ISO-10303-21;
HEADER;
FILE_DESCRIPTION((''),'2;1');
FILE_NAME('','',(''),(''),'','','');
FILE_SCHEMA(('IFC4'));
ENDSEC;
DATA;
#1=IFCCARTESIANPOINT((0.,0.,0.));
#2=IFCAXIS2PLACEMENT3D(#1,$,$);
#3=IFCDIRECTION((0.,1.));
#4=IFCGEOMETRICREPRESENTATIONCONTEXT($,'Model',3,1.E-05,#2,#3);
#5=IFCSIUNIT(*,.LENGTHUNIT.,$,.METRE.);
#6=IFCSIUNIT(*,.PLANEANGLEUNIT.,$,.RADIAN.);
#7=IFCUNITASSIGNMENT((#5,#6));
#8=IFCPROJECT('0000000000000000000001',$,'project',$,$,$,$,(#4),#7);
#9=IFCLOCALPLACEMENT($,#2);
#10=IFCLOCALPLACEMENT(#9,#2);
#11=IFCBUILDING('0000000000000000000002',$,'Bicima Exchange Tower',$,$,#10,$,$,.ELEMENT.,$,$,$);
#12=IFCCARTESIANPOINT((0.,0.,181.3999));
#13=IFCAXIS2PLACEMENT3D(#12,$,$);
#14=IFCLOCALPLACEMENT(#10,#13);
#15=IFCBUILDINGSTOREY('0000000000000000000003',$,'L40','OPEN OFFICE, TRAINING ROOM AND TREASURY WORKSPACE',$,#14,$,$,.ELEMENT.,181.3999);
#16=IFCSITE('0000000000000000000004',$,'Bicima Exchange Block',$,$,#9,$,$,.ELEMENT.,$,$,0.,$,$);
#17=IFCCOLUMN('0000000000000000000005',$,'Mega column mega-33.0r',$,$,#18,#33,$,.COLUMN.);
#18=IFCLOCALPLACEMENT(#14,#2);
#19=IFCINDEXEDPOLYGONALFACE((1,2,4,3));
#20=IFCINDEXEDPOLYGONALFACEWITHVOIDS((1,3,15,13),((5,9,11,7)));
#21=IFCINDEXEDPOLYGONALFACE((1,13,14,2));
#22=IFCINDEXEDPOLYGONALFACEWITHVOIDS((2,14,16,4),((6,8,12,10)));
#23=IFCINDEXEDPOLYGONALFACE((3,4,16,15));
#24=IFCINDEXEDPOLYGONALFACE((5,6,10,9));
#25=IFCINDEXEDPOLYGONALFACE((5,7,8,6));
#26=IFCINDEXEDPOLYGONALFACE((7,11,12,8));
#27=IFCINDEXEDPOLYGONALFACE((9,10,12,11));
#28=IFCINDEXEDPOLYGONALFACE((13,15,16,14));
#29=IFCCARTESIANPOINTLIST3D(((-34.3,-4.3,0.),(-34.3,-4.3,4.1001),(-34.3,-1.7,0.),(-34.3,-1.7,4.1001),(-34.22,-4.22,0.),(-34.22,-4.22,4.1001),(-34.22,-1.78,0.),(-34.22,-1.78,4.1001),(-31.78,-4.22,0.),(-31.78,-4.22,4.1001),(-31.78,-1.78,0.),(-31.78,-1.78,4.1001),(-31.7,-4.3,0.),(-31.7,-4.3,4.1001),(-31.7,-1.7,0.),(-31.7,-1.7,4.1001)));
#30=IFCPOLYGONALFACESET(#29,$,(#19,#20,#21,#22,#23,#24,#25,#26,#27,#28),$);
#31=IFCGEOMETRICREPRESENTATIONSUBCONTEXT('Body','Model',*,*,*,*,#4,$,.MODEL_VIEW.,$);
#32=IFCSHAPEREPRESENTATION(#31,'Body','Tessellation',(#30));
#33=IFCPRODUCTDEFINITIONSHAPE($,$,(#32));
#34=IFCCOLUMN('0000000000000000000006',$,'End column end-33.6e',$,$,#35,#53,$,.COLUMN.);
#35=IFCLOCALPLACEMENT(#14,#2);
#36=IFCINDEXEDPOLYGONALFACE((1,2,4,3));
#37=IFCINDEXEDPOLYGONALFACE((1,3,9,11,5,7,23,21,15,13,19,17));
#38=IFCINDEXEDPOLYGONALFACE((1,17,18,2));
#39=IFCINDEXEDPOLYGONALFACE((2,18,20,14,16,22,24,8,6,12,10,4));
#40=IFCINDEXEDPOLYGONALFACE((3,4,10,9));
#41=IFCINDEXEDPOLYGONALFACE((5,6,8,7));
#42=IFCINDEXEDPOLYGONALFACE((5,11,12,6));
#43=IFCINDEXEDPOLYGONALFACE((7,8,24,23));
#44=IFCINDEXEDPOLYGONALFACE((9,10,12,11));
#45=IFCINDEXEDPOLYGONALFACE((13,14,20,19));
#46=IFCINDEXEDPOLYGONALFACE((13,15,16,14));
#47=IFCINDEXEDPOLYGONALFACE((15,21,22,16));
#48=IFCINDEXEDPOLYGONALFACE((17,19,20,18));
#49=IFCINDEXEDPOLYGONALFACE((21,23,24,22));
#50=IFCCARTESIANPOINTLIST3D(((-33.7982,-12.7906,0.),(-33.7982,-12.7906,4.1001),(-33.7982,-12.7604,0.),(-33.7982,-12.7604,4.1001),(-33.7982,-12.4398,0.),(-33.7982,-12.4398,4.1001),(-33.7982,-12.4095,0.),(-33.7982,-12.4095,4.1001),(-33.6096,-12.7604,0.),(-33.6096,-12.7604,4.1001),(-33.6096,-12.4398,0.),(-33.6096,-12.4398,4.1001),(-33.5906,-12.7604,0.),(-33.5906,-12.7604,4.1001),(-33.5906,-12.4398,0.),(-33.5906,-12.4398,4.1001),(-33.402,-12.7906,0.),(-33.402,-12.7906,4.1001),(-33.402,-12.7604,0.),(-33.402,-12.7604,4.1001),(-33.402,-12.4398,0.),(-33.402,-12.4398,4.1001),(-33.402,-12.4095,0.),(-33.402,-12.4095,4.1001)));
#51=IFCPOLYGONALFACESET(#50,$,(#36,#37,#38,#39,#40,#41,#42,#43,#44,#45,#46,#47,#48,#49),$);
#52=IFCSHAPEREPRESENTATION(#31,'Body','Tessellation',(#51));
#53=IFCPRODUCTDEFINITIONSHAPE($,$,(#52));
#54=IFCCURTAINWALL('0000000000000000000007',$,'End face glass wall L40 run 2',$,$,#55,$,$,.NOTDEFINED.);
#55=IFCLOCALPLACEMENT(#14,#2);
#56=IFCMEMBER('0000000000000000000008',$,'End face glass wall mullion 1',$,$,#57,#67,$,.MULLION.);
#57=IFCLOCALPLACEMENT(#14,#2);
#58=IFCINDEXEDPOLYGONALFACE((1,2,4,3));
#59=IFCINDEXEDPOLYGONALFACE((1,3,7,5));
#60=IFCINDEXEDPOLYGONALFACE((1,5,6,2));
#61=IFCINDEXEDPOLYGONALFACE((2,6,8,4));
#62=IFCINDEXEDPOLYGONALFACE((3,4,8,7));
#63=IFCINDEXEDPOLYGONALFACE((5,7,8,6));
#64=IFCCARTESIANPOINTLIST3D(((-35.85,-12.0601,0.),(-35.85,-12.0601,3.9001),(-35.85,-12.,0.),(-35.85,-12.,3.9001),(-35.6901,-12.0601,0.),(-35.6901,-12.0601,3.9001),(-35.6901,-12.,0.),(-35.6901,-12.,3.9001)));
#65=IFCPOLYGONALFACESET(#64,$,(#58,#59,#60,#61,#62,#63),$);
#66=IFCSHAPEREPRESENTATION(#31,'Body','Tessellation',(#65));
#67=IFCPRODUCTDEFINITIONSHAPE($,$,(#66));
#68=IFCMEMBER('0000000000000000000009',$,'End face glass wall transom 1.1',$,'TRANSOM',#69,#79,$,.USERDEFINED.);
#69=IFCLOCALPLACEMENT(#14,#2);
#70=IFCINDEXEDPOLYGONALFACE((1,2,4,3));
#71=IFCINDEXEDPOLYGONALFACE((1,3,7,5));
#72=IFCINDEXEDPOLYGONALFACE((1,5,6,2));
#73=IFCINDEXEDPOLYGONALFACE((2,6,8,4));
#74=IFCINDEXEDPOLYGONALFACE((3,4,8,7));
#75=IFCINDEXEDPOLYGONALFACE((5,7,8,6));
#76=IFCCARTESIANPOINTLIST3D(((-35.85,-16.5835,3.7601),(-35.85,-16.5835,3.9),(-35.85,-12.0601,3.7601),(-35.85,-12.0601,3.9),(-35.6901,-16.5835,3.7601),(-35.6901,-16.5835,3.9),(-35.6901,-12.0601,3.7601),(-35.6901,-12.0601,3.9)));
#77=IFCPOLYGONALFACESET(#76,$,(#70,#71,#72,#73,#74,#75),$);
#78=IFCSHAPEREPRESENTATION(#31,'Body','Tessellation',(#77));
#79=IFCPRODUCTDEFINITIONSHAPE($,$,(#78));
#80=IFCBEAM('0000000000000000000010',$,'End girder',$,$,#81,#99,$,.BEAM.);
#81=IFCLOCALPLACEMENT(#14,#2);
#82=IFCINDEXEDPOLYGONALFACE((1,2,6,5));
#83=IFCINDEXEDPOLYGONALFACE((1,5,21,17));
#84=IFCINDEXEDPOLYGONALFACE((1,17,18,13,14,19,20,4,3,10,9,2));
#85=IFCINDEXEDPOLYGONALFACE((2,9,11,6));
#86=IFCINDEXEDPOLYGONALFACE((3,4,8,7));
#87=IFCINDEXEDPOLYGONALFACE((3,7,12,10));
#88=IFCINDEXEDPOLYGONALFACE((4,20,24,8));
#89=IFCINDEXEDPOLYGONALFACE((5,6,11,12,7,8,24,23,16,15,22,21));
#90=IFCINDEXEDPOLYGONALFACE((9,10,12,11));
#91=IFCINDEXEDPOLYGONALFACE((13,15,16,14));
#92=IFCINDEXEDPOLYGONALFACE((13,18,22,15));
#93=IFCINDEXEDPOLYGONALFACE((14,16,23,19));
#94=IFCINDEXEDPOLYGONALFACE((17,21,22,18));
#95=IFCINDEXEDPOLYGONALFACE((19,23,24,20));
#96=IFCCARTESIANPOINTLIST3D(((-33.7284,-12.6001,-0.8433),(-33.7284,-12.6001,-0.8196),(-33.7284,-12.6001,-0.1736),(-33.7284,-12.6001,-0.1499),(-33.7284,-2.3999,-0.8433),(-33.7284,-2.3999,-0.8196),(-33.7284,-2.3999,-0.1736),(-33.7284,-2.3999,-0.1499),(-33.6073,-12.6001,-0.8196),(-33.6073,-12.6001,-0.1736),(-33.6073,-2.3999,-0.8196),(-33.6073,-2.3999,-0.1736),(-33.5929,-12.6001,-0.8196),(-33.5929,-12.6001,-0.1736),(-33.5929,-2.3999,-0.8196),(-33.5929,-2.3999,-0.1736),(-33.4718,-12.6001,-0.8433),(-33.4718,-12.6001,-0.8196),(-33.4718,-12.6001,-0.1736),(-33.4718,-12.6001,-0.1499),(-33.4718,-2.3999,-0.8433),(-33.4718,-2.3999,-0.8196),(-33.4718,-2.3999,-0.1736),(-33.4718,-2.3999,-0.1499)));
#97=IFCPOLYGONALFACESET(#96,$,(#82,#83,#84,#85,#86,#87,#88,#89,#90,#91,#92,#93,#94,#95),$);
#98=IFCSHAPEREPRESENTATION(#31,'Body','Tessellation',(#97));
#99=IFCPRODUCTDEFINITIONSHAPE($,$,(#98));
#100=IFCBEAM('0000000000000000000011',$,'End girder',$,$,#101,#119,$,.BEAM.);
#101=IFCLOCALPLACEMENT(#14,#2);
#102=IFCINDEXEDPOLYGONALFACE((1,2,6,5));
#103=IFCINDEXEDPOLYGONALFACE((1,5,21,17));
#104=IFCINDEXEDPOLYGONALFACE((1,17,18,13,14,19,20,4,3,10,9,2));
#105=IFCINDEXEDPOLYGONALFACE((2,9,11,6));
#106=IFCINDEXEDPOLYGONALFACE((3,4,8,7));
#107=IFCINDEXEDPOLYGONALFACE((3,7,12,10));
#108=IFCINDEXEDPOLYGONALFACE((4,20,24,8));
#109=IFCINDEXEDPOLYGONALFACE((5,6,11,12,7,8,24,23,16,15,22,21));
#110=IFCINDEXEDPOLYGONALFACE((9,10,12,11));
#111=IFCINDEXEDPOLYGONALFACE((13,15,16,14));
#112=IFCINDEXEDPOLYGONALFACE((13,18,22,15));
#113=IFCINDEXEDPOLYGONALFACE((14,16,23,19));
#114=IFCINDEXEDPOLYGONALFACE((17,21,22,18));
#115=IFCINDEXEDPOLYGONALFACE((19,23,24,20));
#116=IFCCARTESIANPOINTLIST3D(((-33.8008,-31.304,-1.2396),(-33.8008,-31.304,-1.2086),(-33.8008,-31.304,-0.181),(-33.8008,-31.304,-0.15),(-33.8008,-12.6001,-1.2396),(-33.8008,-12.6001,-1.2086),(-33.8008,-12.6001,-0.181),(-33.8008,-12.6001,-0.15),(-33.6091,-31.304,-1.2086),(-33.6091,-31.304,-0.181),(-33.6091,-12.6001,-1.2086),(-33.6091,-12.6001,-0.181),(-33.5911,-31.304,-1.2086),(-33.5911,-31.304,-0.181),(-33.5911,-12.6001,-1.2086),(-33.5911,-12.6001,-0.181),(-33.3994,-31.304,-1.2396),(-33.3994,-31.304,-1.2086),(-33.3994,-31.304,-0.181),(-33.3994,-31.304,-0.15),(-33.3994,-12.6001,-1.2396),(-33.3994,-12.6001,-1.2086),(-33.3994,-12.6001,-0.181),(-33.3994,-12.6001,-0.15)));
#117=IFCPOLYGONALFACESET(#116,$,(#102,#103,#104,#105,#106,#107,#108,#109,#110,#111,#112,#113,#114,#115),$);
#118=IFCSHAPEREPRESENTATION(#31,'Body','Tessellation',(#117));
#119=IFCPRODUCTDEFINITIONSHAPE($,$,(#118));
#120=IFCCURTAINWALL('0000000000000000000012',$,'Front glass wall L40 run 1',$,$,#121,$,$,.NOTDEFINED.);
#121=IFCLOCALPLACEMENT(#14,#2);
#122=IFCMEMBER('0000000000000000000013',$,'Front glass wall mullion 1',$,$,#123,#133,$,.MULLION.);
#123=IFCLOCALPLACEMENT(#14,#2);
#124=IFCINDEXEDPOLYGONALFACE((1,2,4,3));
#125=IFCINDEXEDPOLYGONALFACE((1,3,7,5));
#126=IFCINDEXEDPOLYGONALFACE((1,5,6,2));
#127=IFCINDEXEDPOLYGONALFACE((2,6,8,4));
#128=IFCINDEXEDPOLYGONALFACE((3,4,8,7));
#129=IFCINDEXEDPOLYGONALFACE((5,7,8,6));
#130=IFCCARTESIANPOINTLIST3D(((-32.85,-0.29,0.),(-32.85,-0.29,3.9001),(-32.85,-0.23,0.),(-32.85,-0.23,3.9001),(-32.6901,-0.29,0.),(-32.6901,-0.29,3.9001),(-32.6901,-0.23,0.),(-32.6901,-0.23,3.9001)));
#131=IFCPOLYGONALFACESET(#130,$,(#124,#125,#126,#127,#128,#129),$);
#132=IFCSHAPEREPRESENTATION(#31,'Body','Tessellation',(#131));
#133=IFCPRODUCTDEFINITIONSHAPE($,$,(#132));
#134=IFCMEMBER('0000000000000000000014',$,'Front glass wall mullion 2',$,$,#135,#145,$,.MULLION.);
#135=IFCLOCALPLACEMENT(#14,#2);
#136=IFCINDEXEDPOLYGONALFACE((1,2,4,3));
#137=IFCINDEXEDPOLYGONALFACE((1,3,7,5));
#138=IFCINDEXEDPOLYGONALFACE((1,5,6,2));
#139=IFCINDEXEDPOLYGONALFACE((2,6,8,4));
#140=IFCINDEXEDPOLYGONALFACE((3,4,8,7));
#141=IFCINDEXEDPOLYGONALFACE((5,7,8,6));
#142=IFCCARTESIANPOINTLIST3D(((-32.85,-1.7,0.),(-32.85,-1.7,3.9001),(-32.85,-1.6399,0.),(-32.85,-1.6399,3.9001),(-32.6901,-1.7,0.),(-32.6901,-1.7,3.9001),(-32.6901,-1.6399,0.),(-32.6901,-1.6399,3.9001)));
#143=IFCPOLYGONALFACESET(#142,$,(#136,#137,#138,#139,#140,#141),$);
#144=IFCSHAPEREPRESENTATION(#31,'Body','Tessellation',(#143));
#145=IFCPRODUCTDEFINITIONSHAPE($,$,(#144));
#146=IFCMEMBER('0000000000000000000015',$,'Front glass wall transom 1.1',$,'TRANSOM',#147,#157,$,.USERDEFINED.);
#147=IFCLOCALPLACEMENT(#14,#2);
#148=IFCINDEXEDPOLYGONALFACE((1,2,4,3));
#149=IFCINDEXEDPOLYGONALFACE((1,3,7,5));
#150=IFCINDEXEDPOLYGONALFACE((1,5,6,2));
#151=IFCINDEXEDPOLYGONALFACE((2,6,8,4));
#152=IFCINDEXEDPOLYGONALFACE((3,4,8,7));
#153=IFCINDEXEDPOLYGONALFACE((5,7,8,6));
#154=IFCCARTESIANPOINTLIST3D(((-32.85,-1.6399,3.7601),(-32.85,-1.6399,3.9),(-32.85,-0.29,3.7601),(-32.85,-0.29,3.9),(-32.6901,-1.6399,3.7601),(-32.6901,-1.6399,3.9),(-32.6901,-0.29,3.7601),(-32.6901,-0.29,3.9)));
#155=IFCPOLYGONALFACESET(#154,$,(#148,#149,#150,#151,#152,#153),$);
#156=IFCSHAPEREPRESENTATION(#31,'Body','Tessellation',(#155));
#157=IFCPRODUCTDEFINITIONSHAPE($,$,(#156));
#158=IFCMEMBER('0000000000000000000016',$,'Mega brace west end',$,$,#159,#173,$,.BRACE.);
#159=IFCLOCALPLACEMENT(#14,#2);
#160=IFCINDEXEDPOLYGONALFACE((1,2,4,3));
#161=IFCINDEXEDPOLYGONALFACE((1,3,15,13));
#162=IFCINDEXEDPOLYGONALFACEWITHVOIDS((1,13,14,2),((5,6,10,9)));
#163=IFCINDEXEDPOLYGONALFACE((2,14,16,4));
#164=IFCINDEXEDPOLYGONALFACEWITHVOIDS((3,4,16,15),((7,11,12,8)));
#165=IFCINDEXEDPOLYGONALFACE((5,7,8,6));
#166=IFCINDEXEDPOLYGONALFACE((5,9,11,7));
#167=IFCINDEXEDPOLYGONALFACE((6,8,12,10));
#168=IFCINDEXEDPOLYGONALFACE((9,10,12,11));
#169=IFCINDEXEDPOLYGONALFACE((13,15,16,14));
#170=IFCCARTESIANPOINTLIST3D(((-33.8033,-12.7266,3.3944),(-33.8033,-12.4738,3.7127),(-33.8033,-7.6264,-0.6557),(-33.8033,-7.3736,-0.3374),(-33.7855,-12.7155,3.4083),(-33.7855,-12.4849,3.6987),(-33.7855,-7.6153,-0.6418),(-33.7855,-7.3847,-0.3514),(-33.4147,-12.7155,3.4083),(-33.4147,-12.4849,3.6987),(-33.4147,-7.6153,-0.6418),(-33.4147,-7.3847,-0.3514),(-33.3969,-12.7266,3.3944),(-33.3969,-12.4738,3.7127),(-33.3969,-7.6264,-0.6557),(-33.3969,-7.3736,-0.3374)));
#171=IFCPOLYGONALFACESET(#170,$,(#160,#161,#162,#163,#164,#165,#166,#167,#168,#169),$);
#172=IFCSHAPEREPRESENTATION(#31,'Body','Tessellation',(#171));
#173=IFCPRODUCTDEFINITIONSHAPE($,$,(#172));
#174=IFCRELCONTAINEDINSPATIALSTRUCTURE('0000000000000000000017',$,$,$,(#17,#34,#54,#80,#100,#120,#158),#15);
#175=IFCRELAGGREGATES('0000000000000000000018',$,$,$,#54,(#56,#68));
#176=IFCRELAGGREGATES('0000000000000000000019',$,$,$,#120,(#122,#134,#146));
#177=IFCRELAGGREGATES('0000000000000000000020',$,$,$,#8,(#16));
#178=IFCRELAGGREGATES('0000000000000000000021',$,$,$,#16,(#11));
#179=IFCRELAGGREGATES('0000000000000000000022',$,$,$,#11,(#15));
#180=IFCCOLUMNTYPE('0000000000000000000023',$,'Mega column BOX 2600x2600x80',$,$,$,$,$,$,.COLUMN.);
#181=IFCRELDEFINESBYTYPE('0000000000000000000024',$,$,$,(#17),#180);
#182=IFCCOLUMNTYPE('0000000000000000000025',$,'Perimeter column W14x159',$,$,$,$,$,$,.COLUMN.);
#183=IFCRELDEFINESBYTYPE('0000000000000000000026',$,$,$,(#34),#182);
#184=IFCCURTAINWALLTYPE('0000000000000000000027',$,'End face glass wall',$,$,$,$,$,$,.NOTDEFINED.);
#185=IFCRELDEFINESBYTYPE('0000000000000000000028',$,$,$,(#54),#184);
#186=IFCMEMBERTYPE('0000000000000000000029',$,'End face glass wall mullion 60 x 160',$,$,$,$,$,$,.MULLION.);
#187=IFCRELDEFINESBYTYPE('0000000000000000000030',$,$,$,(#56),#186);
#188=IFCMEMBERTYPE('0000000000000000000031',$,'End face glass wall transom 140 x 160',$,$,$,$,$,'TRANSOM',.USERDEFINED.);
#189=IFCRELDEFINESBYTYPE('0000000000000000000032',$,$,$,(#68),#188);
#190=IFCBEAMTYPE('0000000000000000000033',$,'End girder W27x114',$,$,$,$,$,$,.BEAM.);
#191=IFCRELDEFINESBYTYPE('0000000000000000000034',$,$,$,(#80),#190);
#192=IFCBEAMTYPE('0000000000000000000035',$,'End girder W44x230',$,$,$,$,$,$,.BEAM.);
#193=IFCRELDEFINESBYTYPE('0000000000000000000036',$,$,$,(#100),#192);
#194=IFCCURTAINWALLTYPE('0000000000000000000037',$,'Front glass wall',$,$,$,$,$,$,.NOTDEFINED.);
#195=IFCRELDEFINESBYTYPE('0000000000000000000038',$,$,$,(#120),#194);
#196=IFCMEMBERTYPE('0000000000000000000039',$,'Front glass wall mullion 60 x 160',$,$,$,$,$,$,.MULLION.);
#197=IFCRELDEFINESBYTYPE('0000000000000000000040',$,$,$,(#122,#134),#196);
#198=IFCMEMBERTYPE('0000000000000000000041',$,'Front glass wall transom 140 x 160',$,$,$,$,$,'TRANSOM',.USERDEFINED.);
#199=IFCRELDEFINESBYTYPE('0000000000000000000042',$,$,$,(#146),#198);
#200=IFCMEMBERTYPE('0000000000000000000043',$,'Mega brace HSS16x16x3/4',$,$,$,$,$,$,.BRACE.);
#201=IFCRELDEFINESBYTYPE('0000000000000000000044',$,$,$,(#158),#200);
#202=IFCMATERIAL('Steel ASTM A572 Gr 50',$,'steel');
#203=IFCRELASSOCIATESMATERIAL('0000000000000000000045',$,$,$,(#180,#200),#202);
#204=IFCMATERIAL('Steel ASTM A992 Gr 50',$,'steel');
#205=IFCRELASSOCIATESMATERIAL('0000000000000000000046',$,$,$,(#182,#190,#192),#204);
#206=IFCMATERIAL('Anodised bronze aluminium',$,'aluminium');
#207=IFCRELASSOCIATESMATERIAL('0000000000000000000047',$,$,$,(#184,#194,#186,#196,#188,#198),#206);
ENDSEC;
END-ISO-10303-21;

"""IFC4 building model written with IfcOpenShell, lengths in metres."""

from ifc_helpers import new_model, si_unit, direction, frame, origin, origin_2d, place, context, subcontext, project, spatial, rectangle, hollow_rectangle, i_section, extrude, material, material_profile, profile_set, type_object, element, aggregate, save


model = new_model("IFC4")

# Units and contexts
model_context = context("Model", 3, precision=1e-05, world=origin(), true_north=direction((0.0, 1.0)))
body_context = subcontext(model_context, "Body", "Model", "MODEL_VIEW")
ifc_project = project(units=[si_unit("LENGTHUNIT", "METRE"), si_unit("PLANEANGLEUNIT", "RADIAN")], contexts=[model_context])

# Site, building, storey
site_placement = place(None, origin())
site = spatial("IfcSite", under=ifc_project, at=site_placement, Name="Bicima Exchange Block", CompositionType="ELEMENT", RefElevation=0.0)
building_placement = place(site_placement, origin())
building = spatial("IfcBuilding", under=site, at=building_placement, Name="Bicima Exchange Tower", CompositionType="ELEMENT")
storey_placement = place(building_placement, frame((0.0, 0.0, 181.3999)))
storey = spatial("IfcBuildingStorey", under=building, at=storey_placement, Name="L40", Description="OPEN OFFICE, TRAINING ROOM AND TREASURY WORKSPACE", CompositionType="ELEMENT", Elevation=181.3999)

# Columns
ifc_material_1 = material(Name="Steel ASTM A572 Gr 50", Category="steel")
ifc_material_profile_1 = material_profile(ifc_material_1, hollow_rectangle(XDim=2.6001, YDim=2.6001, WallThickness=0.0801, at=origin_2d()))
ifc_profile_set_1 = profile_set([ifc_material_profile_1], Name="Steel ASTM A572 Gr 50")
column_type_1 = type_object("IfcColumnType", Name="Mega column BOX 2600x2600x80", PredefinedType="COLUMN", material=ifc_profile_set_1)
column_1_placement = place(storey_placement, frame((-33.0, -3.0, 0.0), z_axis=(0.0, 0.0, 1.0), x_axis=(1.0, 0.0, 0.0)))
element("IfcColumn", 1, at=column_1_placement, inside=storey, type_object=column_type_1, Name="Mega column mega-33.0r", PredefinedType="COLUMN", context=body_context, shape_type="SweptSolid", body=[
    extrude(hollow_rectangle(XDim=2.6001, YDim=2.6001, WallThickness=0.0801, at=origin_2d()), origin(), (0.0, 0.0, 1.0), 4.1001),
])
ifc_material_2 = material(Name="Steel ASTM A992 Gr 50", Category="steel")
ifc_material_profile_2 = material_profile(ifc_material_2, i_section(OverallWidth=0.3962, OverallDepth=0.3811, WebThickness=0.019, FlangeThickness=0.0303, at=origin_2d()))
ifc_profile_set_2 = profile_set([ifc_material_profile_2], Name="Steel ASTM A992 Gr 50")
column_type_2 = type_object("IfcColumnType", Name="Perimeter column W14x159", PredefinedType="COLUMN", material=ifc_profile_set_2)
column_2_placement = place(storey_placement, frame((-33.6001, -12.6001, 0.0), z_axis=(0.0, 0.0, 1.0), x_axis=(1.0, 0.0, 0.0)))
element("IfcColumn", 2, at=column_2_placement, inside=storey, type_object=column_type_2, Name="End column end-33.6e", PredefinedType="COLUMN", context=body_context, shape_type="SweptSolid", body=[
    extrude(i_section(OverallWidth=0.3962, OverallDepth=0.3811, WebThickness=0.019, FlangeThickness=0.0303, at=origin_2d()), origin(), (0.0, 0.0, 1.0), 4.1001),
])

# Curtain wall, members
ifc_material_3 = material(Name="Anodised bronze aluminium", Category="aluminium")
curtain_wall_type_1 = type_object("IfcCurtainWallType", Name="End face glass wall", PredefinedType="NOTDEFINED", material=ifc_material_3)
curtain_wall_1_placement = place(storey_placement, origin())
curtain_wall_1 = element("IfcCurtainWall", 3, at=curtain_wall_1_placement, inside=storey, type_object=curtain_wall_type_1, Name="End face glass wall L40 run 2", PredefinedType="NOTDEFINED")
ifc_material_profile_3 = material_profile(ifc_material_3, rectangle(XDim=0.1599, YDim=0.0601, at=origin_2d()))
ifc_profile_set_3 = profile_set([ifc_material_profile_3], Name="Anodised bronze aluminium")
member_type_1 = type_object("IfcMemberType", Name="End face glass wall mullion 60 x 160", PredefinedType="MULLION", material=ifc_profile_set_3)
member_1_placement = place(storey_placement, frame((-35.77, -12.03, 0.0), z_axis=(0.0, 0.0, 1.0), x_axis=(1.0, 0.0, 0.0)))
member_1 = element("IfcMember", 4, at=member_1_placement, type_object=member_type_1, Name="End face glass wall mullion 1", PredefinedType="MULLION", context=body_context, shape_type="SweptSolid", body=[
    extrude(rectangle(XDim=0.1599, YDim=0.0601, at=origin_2d()), origin(), (0.0, 0.0, 1.0), 3.9001),
])
ifc_material_profile_4 = material_profile(ifc_material_3, rectangle(XDim=0.1599, YDim=0.1399, at=origin_2d()))
ifc_profile_set_4 = profile_set([ifc_material_profile_4], Name="Anodised bronze aluminium")
member_type_2 = type_object("IfcMemberType", Name="End face glass wall transom 140 x 160", ElementType="TRANSOM", PredefinedType="USERDEFINED", material=ifc_profile_set_4)
member_2_placement = place(storey_placement, frame((-35.77, -12.0601, 3.8301), z_axis=(0.0, -1.0, 0.0), x_axis=(1.0, 0.0, 0.0)))
member_2 = element("IfcMember", 5, at=member_2_placement, type_object=member_type_2, Name="End face glass wall transom 1.1", ObjectType="TRANSOM", PredefinedType="USERDEFINED", context=body_context, shape_type="SweptSolid", body=[
    extrude(rectangle(XDim=0.1599, YDim=0.1399, at=origin_2d()), origin(), (0.0, 0.0, 1.0), 4.5234),
])
aggregate(curtain_wall_1, [member_1, member_2])

# Beams
ifc_material_profile_5 = material_profile(ifc_material_2, i_section(OverallWidth=0.2566, OverallDepth=0.6934, WebThickness=0.0144, FlangeThickness=0.0237, at=origin_2d()))
ifc_profile_set_5 = profile_set([ifc_material_profile_5], Name="Steel ASTM A992 Gr 50")
beam_type_1 = type_object("IfcBeamType", Name="End girder W27x114", PredefinedType="BEAM", material=ifc_profile_set_5)
beam_1_placement = place(storey_placement, frame((-33.6001, -2.3999, -0.4966), z_axis=(0.0, -1.0, 0.0), x_axis=(1.0, 0.0, 0.0)))
element("IfcBeam", 6, at=beam_1_placement, inside=storey, type_object=beam_type_1, Name="End girder", PredefinedType="BEAM", context=body_context, shape_type="SweptSolid", body=[
    extrude(i_section(OverallWidth=0.2566, OverallDepth=0.6934, WebThickness=0.0144, FlangeThickness=0.0237, at=origin_2d()), origin(), (0.0, 0.0, 1.0), 10.2002),
])
ifc_material_profile_6 = material_profile(ifc_material_2, i_section(OverallWidth=0.4014, OverallDepth=1.0896, WebThickness=0.0181, FlangeThickness=0.031, at=origin_2d()))
ifc_profile_set_6 = profile_set([ifc_material_profile_6], Name="Steel ASTM A992 Gr 50")
beam_type_2 = type_object("IfcBeamType", Name="End girder W44x230", PredefinedType="BEAM", material=ifc_profile_set_6)
beam_2_placement = place(storey_placement, frame((-33.6001, -12.6001, -0.6948), z_axis=(0.0, -1.0, 0.0), x_axis=(1.0, 0.0, 0.0)))
element("IfcBeam", 7, at=beam_2_placement, inside=storey, type_object=beam_type_2, Name="End girder", PredefinedType="BEAM", context=body_context, shape_type="SweptSolid", body=[
    extrude(i_section(OverallWidth=0.4014, OverallDepth=1.0896, WebThickness=0.0181, FlangeThickness=0.031, at=origin_2d()), origin(), (0.0, 0.0, 1.0), 18.7039),
])

# Curtain wall, members
curtain_wall_type_2 = type_object("IfcCurtainWallType", Name="Front glass wall", PredefinedType="NOTDEFINED", material=ifc_material_3)
curtain_wall_2_placement = place(storey_placement, origin())
curtain_wall_2 = element("IfcCurtainWall", 8, at=curtain_wall_2_placement, inside=storey, type_object=curtain_wall_type_2, Name="Front glass wall L40 run 1", PredefinedType="NOTDEFINED")
member_type_3 = type_object("IfcMemberType", Name="Front glass wall mullion 60 x 160", PredefinedType="MULLION", material=ifc_profile_set_3)
member_3_placement = place(storey_placement, frame((-32.77, -0.26, 0.0), z_axis=(0.0, 0.0, 1.0), x_axis=(1.0, 0.0, 0.0)))
member_3 = element("IfcMember", 9, at=member_3_placement, type_object=member_type_3, Name="Front glass wall mullion 1", PredefinedType="MULLION", context=body_context, shape_type="SweptSolid", body=[
    extrude(rectangle(XDim=0.1599, YDim=0.0601, at=origin_2d()), origin(), (0.0, 0.0, 1.0), 3.9001),
])
member_4_placement = place(storey_placement, frame((-32.77, -1.6699, 0.0), z_axis=(0.0, 0.0, 1.0), x_axis=(1.0, 0.0, 0.0)))
member_4 = element("IfcMember", 10, at=member_4_placement, type_object=member_type_3, Name="Front glass wall mullion 2", PredefinedType="MULLION", context=body_context, shape_type="SweptSolid", body=[
    extrude(rectangle(XDim=0.1599, YDim=0.0601, at=origin_2d()), origin(), (0.0, 0.0, 1.0), 3.9001),
])
member_type_4 = type_object("IfcMemberType", Name="Front glass wall transom 140 x 160", ElementType="TRANSOM", PredefinedType="USERDEFINED", material=ifc_profile_set_4)
member_5_placement = place(storey_placement, frame((-32.77, -0.29, 3.8301), z_axis=(0.0, -1.0, 0.0), x_axis=(1.0, 0.0, 0.0)))
member_5 = element("IfcMember", 11, at=member_5_placement, type_object=member_type_4, Name="Front glass wall transom 1.1", ObjectType="TRANSOM", PredefinedType="USERDEFINED", context=body_context, shape_type="SweptSolid", body=[
    extrude(rectangle(XDim=0.1599, YDim=0.1399, at=origin_2d()), origin(), (0.0, 0.0, 1.0), 1.3499),
])

# Member
ifc_material_profile_7 = material_profile(ifc_material_1, hollow_rectangle(XDim=0.4065, YDim=0.4065, WallThickness=0.0178, at=origin_2d()))
ifc_profile_set_7 = profile_set([ifc_material_profile_7], Name="Steel ASTM A572 Gr 50")
member_type_5 = type_object("IfcMemberType", Name="Mega brace HSS16x16x3/4", PredefinedType="BRACE", material=ifc_profile_set_7)
for number, where, z_axis, x_axis, name in (
    (12, (-33.6001, -7.5, -0.4966), (0.0, -0.783113, 0.621879), (1.0, 0.0, 0.0), "Mega brace west end"),
):
    element("IfcMember", number, at=place(storey_placement, frame(where, z_axis=z_axis, x_axis=x_axis)), inside=storey, type_object=member_type_5, Name=name, PredefinedType="BRACE", context=body_context, shape_type="SweptSolid", body=[
        extrude(hollow_rectangle(XDim=0.4065, YDim=0.4065, WallThickness=0.0178, at=origin_2d()), origin(), (0.0, 0.0, 1.0), 6.5127),
    ])

aggregate(curtain_wall_2, [member_3, member_4, member_5])

save(model, "model.ifc")
